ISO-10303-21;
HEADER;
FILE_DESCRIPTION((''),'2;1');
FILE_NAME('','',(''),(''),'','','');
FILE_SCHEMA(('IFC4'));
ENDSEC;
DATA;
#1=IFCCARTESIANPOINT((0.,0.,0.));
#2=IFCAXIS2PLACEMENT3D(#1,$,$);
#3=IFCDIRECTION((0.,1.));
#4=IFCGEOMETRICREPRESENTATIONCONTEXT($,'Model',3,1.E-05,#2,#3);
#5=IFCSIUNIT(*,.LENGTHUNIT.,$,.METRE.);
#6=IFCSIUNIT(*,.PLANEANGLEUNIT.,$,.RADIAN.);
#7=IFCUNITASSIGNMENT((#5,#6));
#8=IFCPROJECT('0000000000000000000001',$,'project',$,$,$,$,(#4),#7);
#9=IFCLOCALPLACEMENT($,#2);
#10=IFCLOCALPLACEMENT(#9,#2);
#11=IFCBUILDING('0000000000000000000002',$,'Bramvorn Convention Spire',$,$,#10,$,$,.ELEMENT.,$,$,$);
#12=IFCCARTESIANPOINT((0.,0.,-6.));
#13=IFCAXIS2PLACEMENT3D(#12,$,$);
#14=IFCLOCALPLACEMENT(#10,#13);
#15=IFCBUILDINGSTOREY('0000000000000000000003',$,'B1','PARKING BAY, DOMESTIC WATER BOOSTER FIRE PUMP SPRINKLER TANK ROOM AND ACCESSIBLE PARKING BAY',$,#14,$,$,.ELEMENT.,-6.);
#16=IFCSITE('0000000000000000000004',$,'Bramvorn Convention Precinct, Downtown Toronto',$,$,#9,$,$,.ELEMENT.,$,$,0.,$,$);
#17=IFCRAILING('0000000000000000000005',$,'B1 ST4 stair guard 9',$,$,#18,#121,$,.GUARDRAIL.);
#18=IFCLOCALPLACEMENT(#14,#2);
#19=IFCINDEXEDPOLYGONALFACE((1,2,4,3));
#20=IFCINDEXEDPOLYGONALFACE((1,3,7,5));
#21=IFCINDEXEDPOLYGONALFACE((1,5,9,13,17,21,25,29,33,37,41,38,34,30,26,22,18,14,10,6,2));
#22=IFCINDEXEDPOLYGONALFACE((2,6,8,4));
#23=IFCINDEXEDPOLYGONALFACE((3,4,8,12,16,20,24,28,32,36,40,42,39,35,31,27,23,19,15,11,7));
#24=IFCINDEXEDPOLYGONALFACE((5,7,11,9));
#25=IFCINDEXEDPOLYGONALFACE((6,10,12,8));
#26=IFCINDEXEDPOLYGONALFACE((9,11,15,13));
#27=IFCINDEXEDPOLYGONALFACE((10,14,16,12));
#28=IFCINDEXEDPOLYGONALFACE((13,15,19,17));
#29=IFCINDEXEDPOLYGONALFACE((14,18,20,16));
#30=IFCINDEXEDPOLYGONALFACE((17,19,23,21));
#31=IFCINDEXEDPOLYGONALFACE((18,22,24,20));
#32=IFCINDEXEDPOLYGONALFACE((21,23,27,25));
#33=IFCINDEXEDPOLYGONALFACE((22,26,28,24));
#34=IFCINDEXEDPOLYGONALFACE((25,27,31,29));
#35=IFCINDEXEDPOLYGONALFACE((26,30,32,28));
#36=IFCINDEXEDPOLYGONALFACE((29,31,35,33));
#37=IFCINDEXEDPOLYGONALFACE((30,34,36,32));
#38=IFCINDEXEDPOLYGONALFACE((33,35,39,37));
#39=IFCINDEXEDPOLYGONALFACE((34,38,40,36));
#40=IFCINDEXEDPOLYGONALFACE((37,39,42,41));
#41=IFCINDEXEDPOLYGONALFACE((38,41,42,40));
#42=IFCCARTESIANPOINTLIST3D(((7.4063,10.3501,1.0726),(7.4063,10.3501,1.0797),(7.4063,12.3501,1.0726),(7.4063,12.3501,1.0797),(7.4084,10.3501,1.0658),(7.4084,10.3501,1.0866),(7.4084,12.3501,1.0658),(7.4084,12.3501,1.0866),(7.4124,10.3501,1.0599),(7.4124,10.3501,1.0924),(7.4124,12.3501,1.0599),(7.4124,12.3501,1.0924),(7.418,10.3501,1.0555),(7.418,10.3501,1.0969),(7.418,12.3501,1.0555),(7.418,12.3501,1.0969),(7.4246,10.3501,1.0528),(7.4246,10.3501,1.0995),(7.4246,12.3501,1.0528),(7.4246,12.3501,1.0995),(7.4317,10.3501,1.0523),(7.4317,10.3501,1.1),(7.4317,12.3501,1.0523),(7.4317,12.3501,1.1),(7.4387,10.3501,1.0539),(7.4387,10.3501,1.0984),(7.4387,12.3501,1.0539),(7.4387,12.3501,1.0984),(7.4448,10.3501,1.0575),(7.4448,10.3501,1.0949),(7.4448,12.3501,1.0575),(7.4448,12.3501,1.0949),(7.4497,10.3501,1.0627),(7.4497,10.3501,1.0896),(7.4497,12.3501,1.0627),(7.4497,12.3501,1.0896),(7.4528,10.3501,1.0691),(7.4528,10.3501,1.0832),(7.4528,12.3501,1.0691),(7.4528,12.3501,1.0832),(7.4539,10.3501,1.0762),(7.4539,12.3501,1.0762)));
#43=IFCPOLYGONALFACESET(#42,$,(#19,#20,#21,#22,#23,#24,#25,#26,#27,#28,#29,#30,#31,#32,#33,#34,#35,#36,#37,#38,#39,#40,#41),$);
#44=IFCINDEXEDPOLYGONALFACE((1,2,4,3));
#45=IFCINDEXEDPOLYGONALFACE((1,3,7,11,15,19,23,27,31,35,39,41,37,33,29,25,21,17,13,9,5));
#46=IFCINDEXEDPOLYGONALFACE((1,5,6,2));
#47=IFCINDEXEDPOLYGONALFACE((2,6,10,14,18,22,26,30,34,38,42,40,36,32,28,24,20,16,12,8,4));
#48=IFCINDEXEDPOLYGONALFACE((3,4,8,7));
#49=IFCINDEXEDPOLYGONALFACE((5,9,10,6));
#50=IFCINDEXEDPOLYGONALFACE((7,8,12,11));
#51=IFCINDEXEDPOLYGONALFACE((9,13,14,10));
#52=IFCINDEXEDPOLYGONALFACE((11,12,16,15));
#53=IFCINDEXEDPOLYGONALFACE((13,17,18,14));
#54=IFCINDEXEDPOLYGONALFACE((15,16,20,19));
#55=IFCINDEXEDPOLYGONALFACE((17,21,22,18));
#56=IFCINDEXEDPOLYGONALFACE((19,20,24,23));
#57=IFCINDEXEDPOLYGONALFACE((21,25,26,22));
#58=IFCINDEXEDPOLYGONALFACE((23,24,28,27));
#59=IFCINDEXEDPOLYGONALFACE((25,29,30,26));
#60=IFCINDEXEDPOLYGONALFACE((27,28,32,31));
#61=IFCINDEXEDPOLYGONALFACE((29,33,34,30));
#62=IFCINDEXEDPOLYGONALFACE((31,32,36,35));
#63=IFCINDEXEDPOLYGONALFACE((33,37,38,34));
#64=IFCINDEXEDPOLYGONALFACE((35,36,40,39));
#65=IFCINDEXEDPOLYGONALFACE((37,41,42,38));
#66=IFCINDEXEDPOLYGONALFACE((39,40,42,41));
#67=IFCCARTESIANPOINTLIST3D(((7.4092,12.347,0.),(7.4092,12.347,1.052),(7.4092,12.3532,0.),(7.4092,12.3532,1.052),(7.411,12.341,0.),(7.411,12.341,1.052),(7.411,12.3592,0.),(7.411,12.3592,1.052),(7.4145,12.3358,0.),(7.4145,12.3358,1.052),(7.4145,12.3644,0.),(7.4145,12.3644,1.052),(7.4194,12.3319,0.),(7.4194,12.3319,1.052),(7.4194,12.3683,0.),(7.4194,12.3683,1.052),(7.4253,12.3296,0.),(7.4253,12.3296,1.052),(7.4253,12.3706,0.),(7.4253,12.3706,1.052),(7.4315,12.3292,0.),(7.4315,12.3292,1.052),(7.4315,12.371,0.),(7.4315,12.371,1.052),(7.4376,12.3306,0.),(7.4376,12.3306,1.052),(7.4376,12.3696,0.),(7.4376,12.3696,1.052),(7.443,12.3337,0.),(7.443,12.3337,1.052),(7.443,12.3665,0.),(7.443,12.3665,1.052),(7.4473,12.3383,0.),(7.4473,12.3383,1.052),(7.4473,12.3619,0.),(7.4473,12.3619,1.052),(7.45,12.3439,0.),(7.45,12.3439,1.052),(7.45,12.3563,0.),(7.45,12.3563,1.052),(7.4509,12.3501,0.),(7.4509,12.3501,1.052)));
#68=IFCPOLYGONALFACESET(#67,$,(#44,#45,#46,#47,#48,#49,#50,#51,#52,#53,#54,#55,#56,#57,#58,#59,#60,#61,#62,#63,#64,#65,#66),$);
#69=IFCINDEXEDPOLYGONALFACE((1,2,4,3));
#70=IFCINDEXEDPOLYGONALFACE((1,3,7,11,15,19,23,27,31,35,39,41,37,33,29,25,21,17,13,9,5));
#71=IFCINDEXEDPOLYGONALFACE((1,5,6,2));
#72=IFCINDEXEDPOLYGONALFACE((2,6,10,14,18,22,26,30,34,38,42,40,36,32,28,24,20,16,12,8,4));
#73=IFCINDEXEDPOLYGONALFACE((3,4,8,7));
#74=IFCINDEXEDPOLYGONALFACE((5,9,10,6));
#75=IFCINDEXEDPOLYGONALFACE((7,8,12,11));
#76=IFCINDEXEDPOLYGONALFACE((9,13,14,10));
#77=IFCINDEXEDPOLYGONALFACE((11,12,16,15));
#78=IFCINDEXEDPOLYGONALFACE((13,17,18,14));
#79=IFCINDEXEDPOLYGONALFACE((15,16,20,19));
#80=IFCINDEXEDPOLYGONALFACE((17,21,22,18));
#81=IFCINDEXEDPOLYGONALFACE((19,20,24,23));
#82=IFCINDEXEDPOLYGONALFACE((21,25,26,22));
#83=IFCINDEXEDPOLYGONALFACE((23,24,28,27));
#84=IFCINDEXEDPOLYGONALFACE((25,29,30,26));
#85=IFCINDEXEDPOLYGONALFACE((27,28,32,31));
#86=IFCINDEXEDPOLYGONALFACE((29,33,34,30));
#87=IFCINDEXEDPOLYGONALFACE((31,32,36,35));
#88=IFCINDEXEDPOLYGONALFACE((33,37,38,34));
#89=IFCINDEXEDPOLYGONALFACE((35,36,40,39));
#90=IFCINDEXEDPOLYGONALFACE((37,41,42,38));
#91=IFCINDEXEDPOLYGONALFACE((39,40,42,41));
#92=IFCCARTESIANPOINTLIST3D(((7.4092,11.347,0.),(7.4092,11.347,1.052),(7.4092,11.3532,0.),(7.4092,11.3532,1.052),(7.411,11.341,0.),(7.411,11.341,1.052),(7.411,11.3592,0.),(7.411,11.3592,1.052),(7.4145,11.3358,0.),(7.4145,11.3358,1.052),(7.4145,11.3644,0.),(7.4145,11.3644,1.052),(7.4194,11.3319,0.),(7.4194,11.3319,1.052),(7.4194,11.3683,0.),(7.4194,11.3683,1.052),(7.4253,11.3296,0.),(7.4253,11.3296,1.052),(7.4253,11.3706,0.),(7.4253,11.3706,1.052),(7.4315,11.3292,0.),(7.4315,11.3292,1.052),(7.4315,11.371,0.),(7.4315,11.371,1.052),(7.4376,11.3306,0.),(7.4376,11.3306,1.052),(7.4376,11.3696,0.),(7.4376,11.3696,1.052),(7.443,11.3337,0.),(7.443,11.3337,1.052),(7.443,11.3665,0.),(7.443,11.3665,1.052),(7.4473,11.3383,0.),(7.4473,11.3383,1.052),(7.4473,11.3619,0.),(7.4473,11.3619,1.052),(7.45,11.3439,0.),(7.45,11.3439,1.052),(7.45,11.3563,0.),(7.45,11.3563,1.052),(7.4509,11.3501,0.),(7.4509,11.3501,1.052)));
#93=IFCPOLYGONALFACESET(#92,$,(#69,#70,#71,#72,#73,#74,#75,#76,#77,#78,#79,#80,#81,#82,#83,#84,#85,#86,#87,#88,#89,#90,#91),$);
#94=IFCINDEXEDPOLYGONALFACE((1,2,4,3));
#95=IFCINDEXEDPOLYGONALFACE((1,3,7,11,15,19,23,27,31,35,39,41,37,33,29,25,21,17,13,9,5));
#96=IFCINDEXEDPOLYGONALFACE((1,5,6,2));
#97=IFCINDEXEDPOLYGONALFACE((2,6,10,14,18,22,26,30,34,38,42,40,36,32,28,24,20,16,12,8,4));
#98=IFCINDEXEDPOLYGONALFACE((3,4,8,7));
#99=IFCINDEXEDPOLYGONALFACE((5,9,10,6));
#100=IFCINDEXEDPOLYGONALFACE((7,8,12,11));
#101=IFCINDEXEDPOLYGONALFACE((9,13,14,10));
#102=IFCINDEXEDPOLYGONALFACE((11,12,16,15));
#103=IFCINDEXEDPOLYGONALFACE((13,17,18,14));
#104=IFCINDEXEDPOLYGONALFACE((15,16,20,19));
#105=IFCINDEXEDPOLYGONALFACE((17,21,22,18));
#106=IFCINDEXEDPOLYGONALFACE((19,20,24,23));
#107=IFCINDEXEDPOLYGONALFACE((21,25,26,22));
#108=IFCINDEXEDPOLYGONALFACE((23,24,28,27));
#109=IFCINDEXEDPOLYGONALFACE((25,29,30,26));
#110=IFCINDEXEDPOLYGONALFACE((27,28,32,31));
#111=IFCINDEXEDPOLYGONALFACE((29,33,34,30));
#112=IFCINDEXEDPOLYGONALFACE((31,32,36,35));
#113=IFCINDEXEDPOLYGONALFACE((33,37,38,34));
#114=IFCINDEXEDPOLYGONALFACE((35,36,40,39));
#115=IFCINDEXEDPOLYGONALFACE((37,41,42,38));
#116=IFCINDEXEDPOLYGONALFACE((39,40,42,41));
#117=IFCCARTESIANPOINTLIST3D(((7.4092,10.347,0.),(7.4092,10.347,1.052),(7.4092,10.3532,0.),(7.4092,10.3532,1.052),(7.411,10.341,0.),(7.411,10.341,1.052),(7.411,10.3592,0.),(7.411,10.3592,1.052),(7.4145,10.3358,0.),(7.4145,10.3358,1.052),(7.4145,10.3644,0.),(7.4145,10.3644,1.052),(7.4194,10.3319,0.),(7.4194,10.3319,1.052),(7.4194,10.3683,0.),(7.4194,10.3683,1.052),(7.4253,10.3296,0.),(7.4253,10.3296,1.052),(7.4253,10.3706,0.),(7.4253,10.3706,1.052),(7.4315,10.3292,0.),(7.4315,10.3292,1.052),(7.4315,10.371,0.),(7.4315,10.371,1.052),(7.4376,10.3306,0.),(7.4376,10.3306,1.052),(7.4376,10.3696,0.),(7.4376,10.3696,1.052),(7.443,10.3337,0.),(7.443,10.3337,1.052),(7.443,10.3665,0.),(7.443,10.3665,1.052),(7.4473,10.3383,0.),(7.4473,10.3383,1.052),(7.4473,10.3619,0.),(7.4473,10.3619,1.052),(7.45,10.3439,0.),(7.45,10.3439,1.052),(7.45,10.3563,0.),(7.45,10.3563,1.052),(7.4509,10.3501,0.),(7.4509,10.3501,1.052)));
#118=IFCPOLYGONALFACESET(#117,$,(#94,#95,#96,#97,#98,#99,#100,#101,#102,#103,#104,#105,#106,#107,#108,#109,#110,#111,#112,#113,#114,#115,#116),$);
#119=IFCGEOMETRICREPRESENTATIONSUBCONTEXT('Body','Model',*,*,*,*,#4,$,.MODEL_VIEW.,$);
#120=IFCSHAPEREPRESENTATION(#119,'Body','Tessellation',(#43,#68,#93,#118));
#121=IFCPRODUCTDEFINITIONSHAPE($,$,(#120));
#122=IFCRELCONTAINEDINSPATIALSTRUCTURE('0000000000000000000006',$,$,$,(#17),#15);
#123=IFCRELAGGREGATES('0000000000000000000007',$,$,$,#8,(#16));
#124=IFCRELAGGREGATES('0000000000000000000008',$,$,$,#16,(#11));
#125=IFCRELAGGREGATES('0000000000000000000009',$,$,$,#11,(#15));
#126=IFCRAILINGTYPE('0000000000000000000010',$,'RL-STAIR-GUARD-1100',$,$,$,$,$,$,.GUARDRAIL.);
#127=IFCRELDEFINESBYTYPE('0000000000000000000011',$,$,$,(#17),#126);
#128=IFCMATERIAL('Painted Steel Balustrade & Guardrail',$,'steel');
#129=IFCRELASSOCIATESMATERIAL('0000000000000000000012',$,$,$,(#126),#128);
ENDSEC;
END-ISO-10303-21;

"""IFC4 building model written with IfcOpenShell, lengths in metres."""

from ifc_helpers import new_model, si_unit, direction, frame, origin, origin_2d, place, context, subcontext, project, spatial, circle, extrude, material, type_object, element, save


model = new_model("IFC4")

# Units and contexts
model_context = context("Model", 3, precision=1e-05, world=origin(), true_north=direction((0.0, 1.0)))
body_context = subcontext(model_context, "Body", "Model", "MODEL_VIEW")
ifc_project = project(units=[si_unit("LENGTHUNIT", "METRE"), si_unit("PLANEANGLEUNIT", "RADIAN")], contexts=[model_context])

# Site, building, storey
site_placement = place(None, origin())
site = spatial("IfcSite", under=ifc_project, at=site_placement, Name="Bramvorn Convention Precinct, Downtown Toronto", CompositionType="ELEMENT", RefElevation=0.0)
building_placement = place(site_placement, origin())
building = spatial("IfcBuilding", under=site, at=building_placement, Name="Bramvorn Convention Spire", CompositionType="ELEMENT")
storey_placement = place(building_placement, frame((0.0, 0.0, -6.0)))
storey = spatial("IfcBuildingStorey", under=building, at=storey_placement, Name="B1", Description="PARKING BAY, DOMESTIC WATER BOOSTER FIRE PUMP SPRINKLER TANK ROOM AND ACCESSIBLE PARKING BAY", CompositionType="ELEMENT", Elevation=-6.0)

# Railing
ifc_material_1 = material(Name="Painted Steel Balustrade & Guardrail", Category="steel")
railing_type_1 = type_object("IfcRailingType", Name="RL-STAIR-GUARD-1100", PredefinedType="GUARDRAIL", material=ifc_material_1)
railing_1_placement = place(storey_placement, frame((7.4299, 12.3501, 0.0)))
element("IfcRailing", 1, at=railing_1_placement, inside=storey, type_object=railing_type_1, Name="B1 ST4 stair guard 9", PredefinedType="GUARDRAIL", context=body_context, shape_type="SweptSolid", body=[
    extrude(circle(Radius=0.0239, at=origin_2d()), frame((0.0, 0.0, 1.0762), z_axis=(0.0, -1.0, 0.0), x_axis=(1.0, 0.0, 0.0)), (0.0, 0.0, 1.0), 2.0),
    extrude(circle(Radius=0.021, at=origin_2d()), origin(), (0.0, 0.0, 1.0), 1.052),
    extrude(circle(Radius=0.021, at=origin_2d()), frame((0.0, -1.0, 0.0)), (0.0, 0.0, 1.0), 1.052),
    extrude(circle(Radius=0.021, at=origin_2d()), frame((0.0, -2.0, 0.0)), (0.0, 0.0, 1.0), 1.052),
])

save(model, "model.ifc")
